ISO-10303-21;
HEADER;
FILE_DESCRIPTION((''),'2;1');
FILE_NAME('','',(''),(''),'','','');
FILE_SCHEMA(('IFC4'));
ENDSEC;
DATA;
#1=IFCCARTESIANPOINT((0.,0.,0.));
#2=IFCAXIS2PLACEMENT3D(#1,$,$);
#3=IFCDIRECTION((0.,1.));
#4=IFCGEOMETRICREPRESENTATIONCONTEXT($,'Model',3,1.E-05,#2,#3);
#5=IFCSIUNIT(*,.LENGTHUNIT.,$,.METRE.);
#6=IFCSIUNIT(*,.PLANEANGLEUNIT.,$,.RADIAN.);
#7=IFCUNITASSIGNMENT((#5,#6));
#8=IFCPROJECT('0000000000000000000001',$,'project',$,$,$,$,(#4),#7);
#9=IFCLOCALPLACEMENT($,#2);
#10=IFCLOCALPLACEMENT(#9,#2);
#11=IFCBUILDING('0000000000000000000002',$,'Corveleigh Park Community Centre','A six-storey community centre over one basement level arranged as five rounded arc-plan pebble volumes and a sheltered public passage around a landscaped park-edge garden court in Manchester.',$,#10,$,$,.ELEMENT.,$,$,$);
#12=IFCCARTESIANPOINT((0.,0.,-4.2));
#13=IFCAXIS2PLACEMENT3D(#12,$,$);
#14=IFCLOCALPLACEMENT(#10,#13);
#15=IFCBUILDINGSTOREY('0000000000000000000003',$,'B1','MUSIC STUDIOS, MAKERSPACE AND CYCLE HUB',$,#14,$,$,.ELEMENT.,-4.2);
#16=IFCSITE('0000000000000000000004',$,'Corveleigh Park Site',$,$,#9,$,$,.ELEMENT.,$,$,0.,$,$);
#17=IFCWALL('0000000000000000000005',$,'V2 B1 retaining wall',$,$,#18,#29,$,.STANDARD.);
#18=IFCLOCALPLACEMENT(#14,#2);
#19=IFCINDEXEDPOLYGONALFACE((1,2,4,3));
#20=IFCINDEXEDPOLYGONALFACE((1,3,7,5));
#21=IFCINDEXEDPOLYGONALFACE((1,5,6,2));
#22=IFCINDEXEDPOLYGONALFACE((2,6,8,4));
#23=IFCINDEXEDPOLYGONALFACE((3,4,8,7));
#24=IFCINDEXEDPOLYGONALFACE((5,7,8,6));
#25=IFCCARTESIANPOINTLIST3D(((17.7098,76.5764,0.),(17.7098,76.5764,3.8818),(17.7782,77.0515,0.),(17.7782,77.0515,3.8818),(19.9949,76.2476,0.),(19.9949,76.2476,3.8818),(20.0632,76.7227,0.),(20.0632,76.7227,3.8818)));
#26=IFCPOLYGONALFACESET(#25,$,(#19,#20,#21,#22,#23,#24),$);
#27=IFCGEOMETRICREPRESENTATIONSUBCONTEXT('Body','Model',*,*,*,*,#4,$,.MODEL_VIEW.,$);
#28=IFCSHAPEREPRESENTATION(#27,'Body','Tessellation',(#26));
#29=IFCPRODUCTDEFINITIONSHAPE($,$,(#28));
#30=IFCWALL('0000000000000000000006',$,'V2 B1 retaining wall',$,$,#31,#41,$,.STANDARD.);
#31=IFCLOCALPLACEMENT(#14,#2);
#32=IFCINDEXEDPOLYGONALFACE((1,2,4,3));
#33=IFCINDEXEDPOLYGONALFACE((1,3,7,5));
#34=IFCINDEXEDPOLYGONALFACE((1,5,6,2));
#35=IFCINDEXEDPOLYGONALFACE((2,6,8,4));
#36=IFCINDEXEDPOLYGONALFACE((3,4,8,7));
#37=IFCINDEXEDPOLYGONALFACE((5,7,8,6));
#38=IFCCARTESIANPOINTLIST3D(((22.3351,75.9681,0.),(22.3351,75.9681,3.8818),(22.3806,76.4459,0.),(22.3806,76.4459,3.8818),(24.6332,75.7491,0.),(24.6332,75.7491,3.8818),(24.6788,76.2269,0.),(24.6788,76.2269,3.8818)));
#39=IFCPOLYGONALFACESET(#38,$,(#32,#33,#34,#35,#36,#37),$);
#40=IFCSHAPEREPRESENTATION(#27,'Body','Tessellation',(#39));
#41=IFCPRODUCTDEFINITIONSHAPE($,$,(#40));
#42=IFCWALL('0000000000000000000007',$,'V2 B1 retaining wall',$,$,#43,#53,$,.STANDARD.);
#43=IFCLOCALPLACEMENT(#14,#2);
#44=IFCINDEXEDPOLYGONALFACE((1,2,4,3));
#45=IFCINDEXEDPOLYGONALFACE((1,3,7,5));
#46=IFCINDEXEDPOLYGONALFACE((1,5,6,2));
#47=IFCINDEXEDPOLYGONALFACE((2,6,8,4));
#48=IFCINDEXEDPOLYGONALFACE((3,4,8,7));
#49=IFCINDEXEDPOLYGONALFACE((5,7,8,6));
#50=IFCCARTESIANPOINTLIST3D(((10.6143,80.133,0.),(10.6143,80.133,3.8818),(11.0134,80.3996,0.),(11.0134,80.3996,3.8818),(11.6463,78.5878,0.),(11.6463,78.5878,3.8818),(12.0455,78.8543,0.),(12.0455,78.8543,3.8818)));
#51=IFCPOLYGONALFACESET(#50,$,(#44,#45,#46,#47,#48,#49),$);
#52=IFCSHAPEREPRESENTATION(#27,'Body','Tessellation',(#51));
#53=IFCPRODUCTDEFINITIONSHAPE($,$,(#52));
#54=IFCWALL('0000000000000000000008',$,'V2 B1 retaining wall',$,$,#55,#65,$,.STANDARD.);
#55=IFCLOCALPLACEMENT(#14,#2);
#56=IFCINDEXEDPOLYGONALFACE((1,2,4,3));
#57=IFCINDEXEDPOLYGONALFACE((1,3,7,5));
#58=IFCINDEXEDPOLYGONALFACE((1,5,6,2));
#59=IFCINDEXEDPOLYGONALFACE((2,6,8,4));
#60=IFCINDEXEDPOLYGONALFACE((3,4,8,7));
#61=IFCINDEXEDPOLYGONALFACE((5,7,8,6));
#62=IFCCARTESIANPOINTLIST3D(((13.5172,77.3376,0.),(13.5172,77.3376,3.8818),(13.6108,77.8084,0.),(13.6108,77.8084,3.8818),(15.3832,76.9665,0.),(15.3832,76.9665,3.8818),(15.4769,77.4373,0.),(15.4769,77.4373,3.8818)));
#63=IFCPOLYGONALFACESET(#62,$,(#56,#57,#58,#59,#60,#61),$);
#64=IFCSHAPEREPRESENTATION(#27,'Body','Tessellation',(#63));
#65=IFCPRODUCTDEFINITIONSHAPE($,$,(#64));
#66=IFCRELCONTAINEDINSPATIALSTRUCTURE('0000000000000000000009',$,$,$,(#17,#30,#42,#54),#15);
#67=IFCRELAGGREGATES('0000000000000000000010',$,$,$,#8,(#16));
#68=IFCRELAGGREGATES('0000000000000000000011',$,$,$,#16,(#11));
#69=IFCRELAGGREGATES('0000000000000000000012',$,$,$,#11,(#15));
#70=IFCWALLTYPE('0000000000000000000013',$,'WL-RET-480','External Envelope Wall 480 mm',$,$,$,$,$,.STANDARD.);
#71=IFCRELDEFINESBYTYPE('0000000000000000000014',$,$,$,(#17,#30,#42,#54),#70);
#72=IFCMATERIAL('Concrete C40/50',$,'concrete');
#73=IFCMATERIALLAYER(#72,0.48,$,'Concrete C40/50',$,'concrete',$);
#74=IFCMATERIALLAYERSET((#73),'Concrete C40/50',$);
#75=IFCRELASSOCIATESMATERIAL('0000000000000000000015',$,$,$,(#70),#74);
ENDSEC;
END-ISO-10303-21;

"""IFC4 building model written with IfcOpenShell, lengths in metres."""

from ifc_helpers import new_model, si_unit, direction, frame, frame_2d, origin, place, context, subcontext, project, spatial, rectangle, extrude, material, layer, layer_set, type_object, element, save


model = new_model("IFC4")

# Units and contexts
model_context = context("Model", 3, precision=1e-05, world=origin(), true_north=direction((0.0, 1.0)))
body_context = subcontext(model_context, "Body", "Model", "MODEL_VIEW")
ifc_project = project(units=[si_unit("LENGTHUNIT", "METRE"), si_unit("PLANEANGLEUNIT", "RADIAN")], contexts=[model_context])

# Site, building, storey
site_placement = place(None, origin())
site = spatial("IfcSite", under=ifc_project, at=site_placement, Name="Corveleigh Park Site", CompositionType="ELEMENT", RefElevation=0.0)
building_placement = place(site_placement, origin())
building = spatial("IfcBuilding", under=site, at=building_placement, Name="Corveleigh Park Community Centre", Description="A six-storey community centre over one basement level arranged as five rounded arc-plan pebble volumes and a sheltered public passage around a landscaped park-edge garden court in Manchester.", CompositionType="ELEMENT")
storey_placement = place(building_placement, frame((0.0, 0.0, -4.2)))
storey = spatial("IfcBuildingStorey", under=building, at=storey_placement, Name="B1", Description="MUSIC STUDIOS, MAKERSPACE AND CYCLE HUB", CompositionType="ELEMENT", Elevation=-4.2)

# Shared definitions
ifc_material_1 = material(Name="Concrete C40/50", Category="concrete")

# Walls
ifc_layer_1 = layer(ifc_material_1, 0.48, Name="Concrete C40/50", Category="concrete")
ifc_layer_set_1 = layer_set([ifc_layer_1], Name="Concrete C40/50")
wall_type_1 = type_object("IfcWallType", Name="WL-RET-480", Description="External Envelope Wall 480 mm", PredefinedType="STANDARD", material=ifc_layer_set_1)
for number, where, z_axis, x_axis, name in (
    (1, (20.0291, 76.4851, 0.0), (0.0, 0.0, 1.0), (-0.989803, 0.142443, 0.0), "V2 B1 retaining wall"),
    (2, (24.656, 75.988, 0.0), (0.0, 0.0, 1.0), (-0.99549, 0.094864, 0.0), "V2 B1 retaining wall"),
):
    element("IfcWall", number, at=place(storey_placement, frame(where, z_axis=z_axis, x_axis=x_axis)), inside=storey, type_object=wall_type_1, Name=name, PredefinedType="STANDARD", context=body_context, shape_type="SweptSolid", body=[
        extrude(rectangle(XDim=2.3086, YDim=0.48, at=frame_2d((1.1543, 0.0))), origin(), (0.0, 0.0, 1.0), 3.8818),
    ])
wall_1_placement = place(storey_placement, frame((11.8459, 78.7209, 0.0), z_axis=(0.0, 0.0, 1.0), x_axis=(-0.555397, 0.831585, 0.0)))
element("IfcWall", 3, at=wall_1_placement, inside=storey, type_object=wall_type_1, Name="V2 B1 retaining wall", PredefinedType="STANDARD", context=body_context, shape_type="SweptSolid", body=[
    extrude(rectangle(XDim=1.8582, YDim=0.48, at=frame_2d((0.9292, 0.0))), origin(), (0.0, 0.0, 1.0), 3.8818),
])
wall_2_placement = place(storey_placement, frame((15.4299, 77.2019, 0.0), z_axis=(0.0, 0.0, 1.0), x_axis=(-0.980792, 0.195055, 0.0)))
element("IfcWall", 4, at=wall_2_placement, inside=storey, type_object=wall_type_1, Name="V2 B1 retaining wall", PredefinedType="STANDARD", context=body_context, shape_type="SweptSolid", body=[
    extrude(rectangle(XDim=1.9026, YDim=0.48, at=frame_2d((0.9512, 0.0))), origin(), (0.0, 0.0, 1.0), 3.8818),
])

save(model, "model.ifc")
